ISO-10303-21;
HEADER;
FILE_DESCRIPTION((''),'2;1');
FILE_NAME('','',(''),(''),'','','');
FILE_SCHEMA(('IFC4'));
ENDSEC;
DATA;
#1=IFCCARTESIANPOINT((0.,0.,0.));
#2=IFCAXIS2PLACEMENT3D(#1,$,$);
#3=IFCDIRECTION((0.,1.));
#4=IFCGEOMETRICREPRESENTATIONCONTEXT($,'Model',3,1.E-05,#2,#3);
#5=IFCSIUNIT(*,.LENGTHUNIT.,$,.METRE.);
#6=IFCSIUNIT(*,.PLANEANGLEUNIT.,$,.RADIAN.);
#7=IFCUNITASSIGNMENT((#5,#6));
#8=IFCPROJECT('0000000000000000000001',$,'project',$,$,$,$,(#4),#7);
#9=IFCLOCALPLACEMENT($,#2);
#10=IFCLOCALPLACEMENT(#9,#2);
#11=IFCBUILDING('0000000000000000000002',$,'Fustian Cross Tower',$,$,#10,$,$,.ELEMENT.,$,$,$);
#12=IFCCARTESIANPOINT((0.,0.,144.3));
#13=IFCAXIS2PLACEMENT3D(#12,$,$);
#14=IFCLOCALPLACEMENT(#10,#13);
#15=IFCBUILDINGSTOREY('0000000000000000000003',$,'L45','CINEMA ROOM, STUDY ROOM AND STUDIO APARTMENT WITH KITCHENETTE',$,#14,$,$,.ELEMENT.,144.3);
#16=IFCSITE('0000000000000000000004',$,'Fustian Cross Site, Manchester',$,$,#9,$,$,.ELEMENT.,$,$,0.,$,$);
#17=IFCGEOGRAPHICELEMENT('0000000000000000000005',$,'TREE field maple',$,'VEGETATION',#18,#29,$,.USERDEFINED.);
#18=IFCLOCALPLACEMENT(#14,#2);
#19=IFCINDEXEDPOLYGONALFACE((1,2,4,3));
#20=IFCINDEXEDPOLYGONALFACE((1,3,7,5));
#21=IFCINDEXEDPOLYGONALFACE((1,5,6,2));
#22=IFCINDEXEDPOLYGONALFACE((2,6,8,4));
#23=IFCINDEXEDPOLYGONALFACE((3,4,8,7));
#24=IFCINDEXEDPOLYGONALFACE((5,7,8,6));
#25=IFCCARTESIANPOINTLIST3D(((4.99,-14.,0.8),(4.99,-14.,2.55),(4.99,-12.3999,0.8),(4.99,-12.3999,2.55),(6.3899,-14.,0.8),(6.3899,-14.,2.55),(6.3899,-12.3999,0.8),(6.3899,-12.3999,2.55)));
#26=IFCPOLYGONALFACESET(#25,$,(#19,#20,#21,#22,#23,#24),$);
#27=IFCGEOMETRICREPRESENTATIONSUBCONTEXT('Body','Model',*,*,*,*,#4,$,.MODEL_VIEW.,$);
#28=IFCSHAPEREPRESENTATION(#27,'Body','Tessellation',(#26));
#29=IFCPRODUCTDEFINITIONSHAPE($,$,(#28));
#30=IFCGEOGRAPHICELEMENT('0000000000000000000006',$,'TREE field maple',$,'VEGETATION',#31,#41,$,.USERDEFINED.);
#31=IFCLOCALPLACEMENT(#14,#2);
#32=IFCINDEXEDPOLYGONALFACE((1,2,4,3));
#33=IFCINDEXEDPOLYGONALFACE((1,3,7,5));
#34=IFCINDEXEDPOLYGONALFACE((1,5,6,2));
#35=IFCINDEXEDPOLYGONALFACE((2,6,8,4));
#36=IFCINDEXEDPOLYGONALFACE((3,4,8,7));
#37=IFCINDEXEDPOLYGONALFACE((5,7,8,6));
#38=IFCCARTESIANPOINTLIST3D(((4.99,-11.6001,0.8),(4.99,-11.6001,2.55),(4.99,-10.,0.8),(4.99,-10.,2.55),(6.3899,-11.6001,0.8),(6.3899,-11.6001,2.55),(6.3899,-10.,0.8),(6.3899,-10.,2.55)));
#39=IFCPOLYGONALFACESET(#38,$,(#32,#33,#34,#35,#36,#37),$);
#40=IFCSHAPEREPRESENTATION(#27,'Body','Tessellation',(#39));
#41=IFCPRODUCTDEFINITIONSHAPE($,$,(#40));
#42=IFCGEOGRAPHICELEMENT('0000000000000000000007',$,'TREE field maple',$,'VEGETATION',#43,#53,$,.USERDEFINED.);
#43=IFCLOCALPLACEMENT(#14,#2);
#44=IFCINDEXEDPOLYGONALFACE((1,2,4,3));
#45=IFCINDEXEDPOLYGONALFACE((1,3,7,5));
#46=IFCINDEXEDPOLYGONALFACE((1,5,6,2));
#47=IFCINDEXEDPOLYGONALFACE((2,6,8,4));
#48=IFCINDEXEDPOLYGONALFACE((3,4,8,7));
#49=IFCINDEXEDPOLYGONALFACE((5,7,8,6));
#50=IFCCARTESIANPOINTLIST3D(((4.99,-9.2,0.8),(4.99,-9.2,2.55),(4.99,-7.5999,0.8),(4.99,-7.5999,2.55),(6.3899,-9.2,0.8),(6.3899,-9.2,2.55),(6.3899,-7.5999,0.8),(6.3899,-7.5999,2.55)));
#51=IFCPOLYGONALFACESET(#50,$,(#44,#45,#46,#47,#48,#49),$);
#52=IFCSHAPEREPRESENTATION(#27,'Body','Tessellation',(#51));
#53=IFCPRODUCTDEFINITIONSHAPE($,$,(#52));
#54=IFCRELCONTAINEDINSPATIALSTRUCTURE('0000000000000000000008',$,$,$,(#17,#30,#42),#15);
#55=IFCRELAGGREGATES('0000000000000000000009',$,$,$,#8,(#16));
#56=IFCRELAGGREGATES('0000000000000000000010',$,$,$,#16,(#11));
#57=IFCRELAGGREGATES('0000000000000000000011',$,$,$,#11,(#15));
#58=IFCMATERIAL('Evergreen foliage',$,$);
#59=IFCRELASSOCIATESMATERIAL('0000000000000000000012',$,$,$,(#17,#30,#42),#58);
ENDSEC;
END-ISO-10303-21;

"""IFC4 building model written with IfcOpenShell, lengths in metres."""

from ifc_helpers import new_model, si_unit, direction, frame, origin, origin_2d, place, context, subcontext, project, spatial, rectangle, extrude, material, element, save


model = new_model("IFC4")

# Units and contexts
model_context = context("Model", 3, precision=1e-05, world=origin(), true_north=direction((0.0, 1.0)))
body_context = subcontext(model_context, "Body", "Model", "MODEL_VIEW")
ifc_project = project(units=[si_unit("LENGTHUNIT", "METRE"), si_unit("PLANEANGLEUNIT", "RADIAN")], contexts=[model_context])

# Site, building, storey
site_placement = place(None, origin())
site = spatial("IfcSite", under=ifc_project, at=site_placement, Name="Fustian Cross Site, Manchester", CompositionType="ELEMENT", RefElevation=0.0)
building_placement = place(site_placement, origin())
building = spatial("IfcBuilding", under=site, at=building_placement, Name="Fustian Cross Tower", CompositionType="ELEMENT")
storey_placement = place(building_placement, frame((0.0, 0.0, 144.3)))
storey = spatial("IfcBuildingStorey", under=building, at=storey_placement, Name="L45", Description="CINEMA ROOM, STUDY ROOM AND STUDIO APARTMENT WITH KITCHENETTE", CompositionType="ELEMENT", Elevation=144.3)

# Geographic elements
ifc_material_1 = material(Name="Evergreen foliage")
for number, where, z_axis, x_axis, name in (
    (1, (5.6899, -13.2, 0.8), (0.0, 0.0, 1.0), (1.0, 0.0, 0.0), "TREE field maple"),
    (2, (5.6899, -10.8, 0.8), (0.0, 0.0, 1.0), (1.0, 0.0, 0.0), "TREE field maple"),
    (3, (5.6899, -8.3999, 0.8), (0.0, 0.0, 1.0), (1.0, 0.0, 0.0), "TREE field maple"),
):
    element("IfcGeographicElement", number, at=place(storey_placement, frame(where, z_axis=z_axis, x_axis=x_axis)), inside=storey, material=ifc_material_1, Name=name, ObjectType="VEGETATION", PredefinedType="USERDEFINED", context=body_context, shape_type="SweptSolid", body=[
        extrude(rectangle(XDim=1.3999, YDim=1.6001, at=origin_2d()), origin(), (0.0, 0.0, 1.0), 1.75),
    ])

save(model, "model.ifc")
